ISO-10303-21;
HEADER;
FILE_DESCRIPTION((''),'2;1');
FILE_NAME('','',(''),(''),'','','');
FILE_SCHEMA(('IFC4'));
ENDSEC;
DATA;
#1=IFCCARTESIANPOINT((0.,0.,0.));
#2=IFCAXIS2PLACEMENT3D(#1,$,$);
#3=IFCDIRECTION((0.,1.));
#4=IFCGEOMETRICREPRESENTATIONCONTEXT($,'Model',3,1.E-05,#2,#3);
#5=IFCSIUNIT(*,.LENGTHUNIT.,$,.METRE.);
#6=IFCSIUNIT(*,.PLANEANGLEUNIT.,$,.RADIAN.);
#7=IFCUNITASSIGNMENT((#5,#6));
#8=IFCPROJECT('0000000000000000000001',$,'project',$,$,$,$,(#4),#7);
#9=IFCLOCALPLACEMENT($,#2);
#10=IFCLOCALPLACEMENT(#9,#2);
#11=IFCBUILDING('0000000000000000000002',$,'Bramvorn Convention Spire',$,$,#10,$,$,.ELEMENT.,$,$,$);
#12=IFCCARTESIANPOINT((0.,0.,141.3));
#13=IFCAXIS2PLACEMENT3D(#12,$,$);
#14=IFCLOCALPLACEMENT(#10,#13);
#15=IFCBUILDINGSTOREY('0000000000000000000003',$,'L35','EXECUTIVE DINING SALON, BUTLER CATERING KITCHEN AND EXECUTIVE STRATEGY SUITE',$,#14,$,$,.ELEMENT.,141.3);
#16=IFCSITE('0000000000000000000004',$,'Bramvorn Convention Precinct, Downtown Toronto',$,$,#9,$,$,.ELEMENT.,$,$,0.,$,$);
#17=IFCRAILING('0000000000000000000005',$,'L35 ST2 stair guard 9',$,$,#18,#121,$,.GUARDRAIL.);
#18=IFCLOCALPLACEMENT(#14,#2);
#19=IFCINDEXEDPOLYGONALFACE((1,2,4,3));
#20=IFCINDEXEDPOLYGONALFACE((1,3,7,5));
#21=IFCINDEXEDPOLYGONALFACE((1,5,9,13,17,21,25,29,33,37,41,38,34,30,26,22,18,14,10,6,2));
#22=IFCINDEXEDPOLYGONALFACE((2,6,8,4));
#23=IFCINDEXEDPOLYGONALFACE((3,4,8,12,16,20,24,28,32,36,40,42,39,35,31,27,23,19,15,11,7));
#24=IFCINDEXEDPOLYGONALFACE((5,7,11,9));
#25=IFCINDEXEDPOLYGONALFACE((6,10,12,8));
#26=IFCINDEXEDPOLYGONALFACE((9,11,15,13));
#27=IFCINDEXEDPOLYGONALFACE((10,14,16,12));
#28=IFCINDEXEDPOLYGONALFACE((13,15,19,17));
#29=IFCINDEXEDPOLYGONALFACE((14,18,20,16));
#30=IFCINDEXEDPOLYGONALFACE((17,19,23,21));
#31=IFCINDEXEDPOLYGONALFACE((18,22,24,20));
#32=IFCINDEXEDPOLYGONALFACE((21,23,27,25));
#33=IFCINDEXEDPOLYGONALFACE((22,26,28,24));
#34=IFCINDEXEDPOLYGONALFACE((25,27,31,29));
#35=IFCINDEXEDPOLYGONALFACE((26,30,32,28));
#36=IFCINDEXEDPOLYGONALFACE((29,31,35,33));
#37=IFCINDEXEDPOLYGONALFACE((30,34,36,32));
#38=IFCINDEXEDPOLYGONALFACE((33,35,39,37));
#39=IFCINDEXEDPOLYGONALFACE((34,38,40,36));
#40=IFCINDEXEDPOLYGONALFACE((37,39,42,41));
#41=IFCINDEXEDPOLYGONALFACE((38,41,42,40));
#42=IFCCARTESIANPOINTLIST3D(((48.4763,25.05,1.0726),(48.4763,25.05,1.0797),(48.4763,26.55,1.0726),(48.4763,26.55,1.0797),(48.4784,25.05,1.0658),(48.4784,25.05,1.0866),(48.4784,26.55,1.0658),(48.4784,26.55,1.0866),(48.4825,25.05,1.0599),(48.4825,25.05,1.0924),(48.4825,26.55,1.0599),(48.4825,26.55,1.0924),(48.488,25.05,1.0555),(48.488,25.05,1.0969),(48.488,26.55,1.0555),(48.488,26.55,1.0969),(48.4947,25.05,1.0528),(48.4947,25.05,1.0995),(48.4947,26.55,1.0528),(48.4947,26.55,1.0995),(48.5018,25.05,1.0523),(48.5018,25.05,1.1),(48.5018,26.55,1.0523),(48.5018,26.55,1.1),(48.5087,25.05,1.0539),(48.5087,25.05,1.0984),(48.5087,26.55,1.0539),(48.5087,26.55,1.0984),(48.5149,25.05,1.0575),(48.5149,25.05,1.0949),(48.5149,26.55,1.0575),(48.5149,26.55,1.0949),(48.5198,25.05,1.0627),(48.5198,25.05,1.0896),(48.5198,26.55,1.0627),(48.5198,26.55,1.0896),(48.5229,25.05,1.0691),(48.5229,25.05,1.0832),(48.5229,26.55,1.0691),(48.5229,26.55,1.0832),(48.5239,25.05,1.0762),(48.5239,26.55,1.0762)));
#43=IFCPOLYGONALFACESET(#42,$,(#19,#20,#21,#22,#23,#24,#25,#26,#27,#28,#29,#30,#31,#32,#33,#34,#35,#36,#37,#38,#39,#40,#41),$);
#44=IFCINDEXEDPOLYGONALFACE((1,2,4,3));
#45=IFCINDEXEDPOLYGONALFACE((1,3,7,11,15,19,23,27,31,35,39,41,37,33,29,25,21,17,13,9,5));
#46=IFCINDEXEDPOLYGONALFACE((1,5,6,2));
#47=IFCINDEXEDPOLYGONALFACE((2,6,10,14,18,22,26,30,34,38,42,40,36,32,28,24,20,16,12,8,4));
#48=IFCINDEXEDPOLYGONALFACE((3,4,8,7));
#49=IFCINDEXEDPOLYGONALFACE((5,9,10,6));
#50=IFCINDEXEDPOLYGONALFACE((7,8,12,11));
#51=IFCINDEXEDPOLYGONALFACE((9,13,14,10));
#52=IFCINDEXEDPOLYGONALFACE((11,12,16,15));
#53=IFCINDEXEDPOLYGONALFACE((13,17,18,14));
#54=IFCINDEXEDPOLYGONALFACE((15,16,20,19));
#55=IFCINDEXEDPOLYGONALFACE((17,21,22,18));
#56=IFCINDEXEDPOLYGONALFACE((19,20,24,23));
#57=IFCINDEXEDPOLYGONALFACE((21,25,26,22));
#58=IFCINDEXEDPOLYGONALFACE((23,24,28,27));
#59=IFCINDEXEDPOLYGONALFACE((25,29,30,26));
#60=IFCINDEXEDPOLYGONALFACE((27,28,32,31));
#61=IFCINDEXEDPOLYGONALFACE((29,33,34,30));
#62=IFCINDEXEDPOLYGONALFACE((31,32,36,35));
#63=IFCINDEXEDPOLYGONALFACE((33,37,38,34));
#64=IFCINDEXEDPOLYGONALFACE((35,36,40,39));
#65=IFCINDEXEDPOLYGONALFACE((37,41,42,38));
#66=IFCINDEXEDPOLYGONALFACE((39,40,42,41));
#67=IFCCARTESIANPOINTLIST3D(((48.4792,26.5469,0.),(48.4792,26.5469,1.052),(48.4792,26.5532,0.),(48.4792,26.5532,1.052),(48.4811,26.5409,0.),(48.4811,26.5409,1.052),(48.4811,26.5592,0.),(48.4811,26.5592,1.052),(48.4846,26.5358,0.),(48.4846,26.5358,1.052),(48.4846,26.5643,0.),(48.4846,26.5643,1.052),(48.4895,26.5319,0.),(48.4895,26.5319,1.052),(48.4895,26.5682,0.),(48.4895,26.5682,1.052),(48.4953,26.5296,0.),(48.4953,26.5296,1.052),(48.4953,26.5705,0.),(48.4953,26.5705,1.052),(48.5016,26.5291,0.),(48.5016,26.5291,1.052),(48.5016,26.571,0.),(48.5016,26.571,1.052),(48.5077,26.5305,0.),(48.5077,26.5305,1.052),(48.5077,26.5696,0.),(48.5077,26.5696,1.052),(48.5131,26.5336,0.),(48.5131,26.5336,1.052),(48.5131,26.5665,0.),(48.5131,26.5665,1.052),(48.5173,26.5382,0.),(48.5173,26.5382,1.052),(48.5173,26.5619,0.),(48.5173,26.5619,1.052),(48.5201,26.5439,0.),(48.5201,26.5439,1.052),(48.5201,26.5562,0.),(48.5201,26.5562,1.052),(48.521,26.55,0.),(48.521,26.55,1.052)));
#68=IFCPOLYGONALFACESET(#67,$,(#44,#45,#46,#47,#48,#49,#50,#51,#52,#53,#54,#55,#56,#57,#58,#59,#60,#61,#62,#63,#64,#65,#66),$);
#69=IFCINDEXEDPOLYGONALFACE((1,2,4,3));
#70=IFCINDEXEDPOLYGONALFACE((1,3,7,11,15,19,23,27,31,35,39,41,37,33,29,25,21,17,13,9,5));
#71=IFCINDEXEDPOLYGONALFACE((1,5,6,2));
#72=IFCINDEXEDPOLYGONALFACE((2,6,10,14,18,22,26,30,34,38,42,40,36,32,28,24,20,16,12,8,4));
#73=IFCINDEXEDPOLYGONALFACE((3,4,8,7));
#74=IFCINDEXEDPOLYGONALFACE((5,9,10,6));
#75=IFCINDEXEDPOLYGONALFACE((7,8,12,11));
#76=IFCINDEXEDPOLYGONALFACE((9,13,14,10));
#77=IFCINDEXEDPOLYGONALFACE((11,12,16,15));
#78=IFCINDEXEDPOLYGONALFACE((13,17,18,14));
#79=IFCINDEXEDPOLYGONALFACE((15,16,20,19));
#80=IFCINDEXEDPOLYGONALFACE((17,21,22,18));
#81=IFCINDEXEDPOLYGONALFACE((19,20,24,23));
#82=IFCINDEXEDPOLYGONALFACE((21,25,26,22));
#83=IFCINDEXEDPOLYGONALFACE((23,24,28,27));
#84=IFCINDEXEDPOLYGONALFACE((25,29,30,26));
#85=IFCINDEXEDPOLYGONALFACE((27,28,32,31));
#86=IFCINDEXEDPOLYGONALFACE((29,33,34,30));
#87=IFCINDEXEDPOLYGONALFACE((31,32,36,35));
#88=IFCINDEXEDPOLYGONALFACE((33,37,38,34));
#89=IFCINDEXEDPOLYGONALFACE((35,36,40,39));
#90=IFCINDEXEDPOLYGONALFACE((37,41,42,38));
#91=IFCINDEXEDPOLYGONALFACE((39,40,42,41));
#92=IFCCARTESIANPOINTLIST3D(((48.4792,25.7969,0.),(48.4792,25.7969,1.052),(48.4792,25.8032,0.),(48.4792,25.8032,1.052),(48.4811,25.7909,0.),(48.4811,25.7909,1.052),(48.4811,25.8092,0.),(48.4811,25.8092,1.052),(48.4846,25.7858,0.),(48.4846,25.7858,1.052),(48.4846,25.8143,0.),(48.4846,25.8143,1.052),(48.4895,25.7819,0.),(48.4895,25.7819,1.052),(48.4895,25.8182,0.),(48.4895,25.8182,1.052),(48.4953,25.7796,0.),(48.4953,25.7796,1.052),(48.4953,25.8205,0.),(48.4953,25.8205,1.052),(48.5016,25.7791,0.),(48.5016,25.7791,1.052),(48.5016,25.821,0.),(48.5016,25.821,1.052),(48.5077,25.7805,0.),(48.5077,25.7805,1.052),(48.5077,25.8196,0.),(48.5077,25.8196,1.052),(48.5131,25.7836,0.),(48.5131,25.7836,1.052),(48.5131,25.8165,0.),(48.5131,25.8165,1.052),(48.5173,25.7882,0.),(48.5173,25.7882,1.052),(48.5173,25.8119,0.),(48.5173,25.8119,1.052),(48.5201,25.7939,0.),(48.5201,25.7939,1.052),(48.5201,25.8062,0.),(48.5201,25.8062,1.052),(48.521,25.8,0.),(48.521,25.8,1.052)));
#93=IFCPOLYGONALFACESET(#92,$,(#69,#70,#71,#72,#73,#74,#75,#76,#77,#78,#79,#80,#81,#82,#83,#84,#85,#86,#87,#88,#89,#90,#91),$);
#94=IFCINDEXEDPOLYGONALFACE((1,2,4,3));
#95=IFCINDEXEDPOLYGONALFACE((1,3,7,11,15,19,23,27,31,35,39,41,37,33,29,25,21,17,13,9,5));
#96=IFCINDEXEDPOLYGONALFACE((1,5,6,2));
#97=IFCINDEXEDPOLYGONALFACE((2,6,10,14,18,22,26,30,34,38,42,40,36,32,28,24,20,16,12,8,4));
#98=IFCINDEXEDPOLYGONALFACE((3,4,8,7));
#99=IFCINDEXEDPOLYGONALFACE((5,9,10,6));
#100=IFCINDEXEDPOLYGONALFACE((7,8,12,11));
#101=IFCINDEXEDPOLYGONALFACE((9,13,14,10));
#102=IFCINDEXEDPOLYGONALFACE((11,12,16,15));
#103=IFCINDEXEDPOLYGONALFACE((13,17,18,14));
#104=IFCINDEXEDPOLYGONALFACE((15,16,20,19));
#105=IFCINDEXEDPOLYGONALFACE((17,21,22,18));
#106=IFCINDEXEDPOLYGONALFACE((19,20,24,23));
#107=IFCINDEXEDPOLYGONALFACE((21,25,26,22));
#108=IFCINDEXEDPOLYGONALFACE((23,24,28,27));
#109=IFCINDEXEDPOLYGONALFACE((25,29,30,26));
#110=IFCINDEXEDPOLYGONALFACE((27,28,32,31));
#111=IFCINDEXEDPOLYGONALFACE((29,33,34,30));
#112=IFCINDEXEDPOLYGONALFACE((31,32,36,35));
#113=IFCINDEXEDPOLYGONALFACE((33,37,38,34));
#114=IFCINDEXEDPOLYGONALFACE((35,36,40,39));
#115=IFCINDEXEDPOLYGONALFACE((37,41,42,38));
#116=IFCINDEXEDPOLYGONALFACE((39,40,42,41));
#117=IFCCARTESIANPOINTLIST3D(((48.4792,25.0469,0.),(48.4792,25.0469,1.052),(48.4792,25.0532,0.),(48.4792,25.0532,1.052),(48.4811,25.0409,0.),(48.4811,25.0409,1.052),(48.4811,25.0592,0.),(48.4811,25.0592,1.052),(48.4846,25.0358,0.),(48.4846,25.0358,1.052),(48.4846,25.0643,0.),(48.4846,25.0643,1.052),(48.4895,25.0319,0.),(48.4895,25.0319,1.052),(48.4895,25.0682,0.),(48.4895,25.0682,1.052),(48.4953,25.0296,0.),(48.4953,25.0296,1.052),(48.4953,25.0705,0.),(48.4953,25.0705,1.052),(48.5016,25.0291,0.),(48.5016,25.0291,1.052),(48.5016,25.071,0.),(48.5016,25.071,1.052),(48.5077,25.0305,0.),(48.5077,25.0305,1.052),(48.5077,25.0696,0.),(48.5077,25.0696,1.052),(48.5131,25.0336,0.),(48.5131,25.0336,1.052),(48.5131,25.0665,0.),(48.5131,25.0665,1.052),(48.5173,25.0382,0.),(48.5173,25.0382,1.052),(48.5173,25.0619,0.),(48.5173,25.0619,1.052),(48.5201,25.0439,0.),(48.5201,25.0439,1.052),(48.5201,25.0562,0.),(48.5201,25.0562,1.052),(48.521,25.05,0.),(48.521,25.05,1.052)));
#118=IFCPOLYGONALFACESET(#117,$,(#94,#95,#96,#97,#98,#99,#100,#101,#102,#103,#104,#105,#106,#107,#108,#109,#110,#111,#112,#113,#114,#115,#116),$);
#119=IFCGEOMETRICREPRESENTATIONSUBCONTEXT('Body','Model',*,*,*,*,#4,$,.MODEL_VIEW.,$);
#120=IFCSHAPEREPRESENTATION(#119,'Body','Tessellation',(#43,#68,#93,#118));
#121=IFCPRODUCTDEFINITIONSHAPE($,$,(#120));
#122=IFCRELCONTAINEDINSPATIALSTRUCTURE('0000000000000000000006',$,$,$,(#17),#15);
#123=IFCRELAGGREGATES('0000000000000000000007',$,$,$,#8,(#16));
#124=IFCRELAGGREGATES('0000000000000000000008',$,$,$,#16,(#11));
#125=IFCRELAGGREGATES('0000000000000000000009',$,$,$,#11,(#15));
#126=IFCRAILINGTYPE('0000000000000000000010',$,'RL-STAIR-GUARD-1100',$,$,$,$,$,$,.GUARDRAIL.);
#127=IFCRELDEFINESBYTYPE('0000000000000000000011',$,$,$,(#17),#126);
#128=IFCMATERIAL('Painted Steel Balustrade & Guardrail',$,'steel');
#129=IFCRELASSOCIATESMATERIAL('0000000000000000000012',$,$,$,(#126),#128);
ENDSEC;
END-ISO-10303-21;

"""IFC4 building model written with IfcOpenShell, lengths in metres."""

from ifc_helpers import new_model, si_unit, direction, frame, origin, origin_2d, place, context, subcontext, project, spatial, circle, extrude, material, type_object, element, save


model = new_model("IFC4")

# Units and contexts
model_context = context("Model", 3, precision=1e-05, world=origin(), true_north=direction((0.0, 1.0)))
body_context = subcontext(model_context, "Body", "Model", "MODEL_VIEW")
ifc_project = project(units=[si_unit("LENGTHUNIT", "METRE"), si_unit("PLANEANGLEUNIT", "RADIAN")], contexts=[model_context])

# Site, building, storey
site_placement = place(None, origin())
site = spatial("IfcSite", under=ifc_project, at=site_placement, Name="Bramvorn Convention Precinct, Downtown Toronto", CompositionType="ELEMENT", RefElevation=0.0)
building_placement = place(site_placement, origin())
building = spatial("IfcBuilding", under=site, at=building_placement, Name="Bramvorn Convention Spire", CompositionType="ELEMENT")
storey_placement = place(building_placement, frame((0.0, 0.0, 141.3)))
storey = spatial("IfcBuildingStorey", under=building, at=storey_placement, Name="L35", Description="EXECUTIVE DINING SALON, BUTLER CATERING KITCHEN AND EXECUTIVE STRATEGY SUITE", CompositionType="ELEMENT", Elevation=141.3)

# Railing
ifc_material_1 = material(Name="Painted Steel Balustrade & Guardrail", Category="steel")
railing_type_1 = type_object("IfcRailingType", Name="RL-STAIR-GUARD-1100", PredefinedType="GUARDRAIL", material=ifc_material_1)
railing_1_placement = place(storey_placement, frame((48.5, 26.55, 0.0)))
element("IfcRailing", 1, at=railing_1_placement, inside=storey, type_object=railing_type_1, Name="L35 ST2 stair guard 9", PredefinedType="GUARDRAIL", context=body_context, shape_type="SweptSolid", body=[
    extrude(circle(Radius=0.0239, at=origin_2d()), frame((0.0, 0.0, 1.0762), z_axis=(0.0, -1.0, 0.0), x_axis=(1.0, 0.0, 0.0)), (0.0, 0.0, 1.0), 1.5),
    extrude(circle(Radius=0.021, at=origin_2d()), origin(), (0.0, 0.0, 1.0), 1.052),
    extrude(circle(Radius=0.021, at=origin_2d()), frame((0.0, -0.75, 0.0)), (0.0, 0.0, 1.0), 1.052),
    extrude(circle(Radius=0.021, at=origin_2d()), frame((0.0, -1.5, 0.0)), (0.0, 0.0, 1.0), 1.052),
])

save(model, "model.ifc")
